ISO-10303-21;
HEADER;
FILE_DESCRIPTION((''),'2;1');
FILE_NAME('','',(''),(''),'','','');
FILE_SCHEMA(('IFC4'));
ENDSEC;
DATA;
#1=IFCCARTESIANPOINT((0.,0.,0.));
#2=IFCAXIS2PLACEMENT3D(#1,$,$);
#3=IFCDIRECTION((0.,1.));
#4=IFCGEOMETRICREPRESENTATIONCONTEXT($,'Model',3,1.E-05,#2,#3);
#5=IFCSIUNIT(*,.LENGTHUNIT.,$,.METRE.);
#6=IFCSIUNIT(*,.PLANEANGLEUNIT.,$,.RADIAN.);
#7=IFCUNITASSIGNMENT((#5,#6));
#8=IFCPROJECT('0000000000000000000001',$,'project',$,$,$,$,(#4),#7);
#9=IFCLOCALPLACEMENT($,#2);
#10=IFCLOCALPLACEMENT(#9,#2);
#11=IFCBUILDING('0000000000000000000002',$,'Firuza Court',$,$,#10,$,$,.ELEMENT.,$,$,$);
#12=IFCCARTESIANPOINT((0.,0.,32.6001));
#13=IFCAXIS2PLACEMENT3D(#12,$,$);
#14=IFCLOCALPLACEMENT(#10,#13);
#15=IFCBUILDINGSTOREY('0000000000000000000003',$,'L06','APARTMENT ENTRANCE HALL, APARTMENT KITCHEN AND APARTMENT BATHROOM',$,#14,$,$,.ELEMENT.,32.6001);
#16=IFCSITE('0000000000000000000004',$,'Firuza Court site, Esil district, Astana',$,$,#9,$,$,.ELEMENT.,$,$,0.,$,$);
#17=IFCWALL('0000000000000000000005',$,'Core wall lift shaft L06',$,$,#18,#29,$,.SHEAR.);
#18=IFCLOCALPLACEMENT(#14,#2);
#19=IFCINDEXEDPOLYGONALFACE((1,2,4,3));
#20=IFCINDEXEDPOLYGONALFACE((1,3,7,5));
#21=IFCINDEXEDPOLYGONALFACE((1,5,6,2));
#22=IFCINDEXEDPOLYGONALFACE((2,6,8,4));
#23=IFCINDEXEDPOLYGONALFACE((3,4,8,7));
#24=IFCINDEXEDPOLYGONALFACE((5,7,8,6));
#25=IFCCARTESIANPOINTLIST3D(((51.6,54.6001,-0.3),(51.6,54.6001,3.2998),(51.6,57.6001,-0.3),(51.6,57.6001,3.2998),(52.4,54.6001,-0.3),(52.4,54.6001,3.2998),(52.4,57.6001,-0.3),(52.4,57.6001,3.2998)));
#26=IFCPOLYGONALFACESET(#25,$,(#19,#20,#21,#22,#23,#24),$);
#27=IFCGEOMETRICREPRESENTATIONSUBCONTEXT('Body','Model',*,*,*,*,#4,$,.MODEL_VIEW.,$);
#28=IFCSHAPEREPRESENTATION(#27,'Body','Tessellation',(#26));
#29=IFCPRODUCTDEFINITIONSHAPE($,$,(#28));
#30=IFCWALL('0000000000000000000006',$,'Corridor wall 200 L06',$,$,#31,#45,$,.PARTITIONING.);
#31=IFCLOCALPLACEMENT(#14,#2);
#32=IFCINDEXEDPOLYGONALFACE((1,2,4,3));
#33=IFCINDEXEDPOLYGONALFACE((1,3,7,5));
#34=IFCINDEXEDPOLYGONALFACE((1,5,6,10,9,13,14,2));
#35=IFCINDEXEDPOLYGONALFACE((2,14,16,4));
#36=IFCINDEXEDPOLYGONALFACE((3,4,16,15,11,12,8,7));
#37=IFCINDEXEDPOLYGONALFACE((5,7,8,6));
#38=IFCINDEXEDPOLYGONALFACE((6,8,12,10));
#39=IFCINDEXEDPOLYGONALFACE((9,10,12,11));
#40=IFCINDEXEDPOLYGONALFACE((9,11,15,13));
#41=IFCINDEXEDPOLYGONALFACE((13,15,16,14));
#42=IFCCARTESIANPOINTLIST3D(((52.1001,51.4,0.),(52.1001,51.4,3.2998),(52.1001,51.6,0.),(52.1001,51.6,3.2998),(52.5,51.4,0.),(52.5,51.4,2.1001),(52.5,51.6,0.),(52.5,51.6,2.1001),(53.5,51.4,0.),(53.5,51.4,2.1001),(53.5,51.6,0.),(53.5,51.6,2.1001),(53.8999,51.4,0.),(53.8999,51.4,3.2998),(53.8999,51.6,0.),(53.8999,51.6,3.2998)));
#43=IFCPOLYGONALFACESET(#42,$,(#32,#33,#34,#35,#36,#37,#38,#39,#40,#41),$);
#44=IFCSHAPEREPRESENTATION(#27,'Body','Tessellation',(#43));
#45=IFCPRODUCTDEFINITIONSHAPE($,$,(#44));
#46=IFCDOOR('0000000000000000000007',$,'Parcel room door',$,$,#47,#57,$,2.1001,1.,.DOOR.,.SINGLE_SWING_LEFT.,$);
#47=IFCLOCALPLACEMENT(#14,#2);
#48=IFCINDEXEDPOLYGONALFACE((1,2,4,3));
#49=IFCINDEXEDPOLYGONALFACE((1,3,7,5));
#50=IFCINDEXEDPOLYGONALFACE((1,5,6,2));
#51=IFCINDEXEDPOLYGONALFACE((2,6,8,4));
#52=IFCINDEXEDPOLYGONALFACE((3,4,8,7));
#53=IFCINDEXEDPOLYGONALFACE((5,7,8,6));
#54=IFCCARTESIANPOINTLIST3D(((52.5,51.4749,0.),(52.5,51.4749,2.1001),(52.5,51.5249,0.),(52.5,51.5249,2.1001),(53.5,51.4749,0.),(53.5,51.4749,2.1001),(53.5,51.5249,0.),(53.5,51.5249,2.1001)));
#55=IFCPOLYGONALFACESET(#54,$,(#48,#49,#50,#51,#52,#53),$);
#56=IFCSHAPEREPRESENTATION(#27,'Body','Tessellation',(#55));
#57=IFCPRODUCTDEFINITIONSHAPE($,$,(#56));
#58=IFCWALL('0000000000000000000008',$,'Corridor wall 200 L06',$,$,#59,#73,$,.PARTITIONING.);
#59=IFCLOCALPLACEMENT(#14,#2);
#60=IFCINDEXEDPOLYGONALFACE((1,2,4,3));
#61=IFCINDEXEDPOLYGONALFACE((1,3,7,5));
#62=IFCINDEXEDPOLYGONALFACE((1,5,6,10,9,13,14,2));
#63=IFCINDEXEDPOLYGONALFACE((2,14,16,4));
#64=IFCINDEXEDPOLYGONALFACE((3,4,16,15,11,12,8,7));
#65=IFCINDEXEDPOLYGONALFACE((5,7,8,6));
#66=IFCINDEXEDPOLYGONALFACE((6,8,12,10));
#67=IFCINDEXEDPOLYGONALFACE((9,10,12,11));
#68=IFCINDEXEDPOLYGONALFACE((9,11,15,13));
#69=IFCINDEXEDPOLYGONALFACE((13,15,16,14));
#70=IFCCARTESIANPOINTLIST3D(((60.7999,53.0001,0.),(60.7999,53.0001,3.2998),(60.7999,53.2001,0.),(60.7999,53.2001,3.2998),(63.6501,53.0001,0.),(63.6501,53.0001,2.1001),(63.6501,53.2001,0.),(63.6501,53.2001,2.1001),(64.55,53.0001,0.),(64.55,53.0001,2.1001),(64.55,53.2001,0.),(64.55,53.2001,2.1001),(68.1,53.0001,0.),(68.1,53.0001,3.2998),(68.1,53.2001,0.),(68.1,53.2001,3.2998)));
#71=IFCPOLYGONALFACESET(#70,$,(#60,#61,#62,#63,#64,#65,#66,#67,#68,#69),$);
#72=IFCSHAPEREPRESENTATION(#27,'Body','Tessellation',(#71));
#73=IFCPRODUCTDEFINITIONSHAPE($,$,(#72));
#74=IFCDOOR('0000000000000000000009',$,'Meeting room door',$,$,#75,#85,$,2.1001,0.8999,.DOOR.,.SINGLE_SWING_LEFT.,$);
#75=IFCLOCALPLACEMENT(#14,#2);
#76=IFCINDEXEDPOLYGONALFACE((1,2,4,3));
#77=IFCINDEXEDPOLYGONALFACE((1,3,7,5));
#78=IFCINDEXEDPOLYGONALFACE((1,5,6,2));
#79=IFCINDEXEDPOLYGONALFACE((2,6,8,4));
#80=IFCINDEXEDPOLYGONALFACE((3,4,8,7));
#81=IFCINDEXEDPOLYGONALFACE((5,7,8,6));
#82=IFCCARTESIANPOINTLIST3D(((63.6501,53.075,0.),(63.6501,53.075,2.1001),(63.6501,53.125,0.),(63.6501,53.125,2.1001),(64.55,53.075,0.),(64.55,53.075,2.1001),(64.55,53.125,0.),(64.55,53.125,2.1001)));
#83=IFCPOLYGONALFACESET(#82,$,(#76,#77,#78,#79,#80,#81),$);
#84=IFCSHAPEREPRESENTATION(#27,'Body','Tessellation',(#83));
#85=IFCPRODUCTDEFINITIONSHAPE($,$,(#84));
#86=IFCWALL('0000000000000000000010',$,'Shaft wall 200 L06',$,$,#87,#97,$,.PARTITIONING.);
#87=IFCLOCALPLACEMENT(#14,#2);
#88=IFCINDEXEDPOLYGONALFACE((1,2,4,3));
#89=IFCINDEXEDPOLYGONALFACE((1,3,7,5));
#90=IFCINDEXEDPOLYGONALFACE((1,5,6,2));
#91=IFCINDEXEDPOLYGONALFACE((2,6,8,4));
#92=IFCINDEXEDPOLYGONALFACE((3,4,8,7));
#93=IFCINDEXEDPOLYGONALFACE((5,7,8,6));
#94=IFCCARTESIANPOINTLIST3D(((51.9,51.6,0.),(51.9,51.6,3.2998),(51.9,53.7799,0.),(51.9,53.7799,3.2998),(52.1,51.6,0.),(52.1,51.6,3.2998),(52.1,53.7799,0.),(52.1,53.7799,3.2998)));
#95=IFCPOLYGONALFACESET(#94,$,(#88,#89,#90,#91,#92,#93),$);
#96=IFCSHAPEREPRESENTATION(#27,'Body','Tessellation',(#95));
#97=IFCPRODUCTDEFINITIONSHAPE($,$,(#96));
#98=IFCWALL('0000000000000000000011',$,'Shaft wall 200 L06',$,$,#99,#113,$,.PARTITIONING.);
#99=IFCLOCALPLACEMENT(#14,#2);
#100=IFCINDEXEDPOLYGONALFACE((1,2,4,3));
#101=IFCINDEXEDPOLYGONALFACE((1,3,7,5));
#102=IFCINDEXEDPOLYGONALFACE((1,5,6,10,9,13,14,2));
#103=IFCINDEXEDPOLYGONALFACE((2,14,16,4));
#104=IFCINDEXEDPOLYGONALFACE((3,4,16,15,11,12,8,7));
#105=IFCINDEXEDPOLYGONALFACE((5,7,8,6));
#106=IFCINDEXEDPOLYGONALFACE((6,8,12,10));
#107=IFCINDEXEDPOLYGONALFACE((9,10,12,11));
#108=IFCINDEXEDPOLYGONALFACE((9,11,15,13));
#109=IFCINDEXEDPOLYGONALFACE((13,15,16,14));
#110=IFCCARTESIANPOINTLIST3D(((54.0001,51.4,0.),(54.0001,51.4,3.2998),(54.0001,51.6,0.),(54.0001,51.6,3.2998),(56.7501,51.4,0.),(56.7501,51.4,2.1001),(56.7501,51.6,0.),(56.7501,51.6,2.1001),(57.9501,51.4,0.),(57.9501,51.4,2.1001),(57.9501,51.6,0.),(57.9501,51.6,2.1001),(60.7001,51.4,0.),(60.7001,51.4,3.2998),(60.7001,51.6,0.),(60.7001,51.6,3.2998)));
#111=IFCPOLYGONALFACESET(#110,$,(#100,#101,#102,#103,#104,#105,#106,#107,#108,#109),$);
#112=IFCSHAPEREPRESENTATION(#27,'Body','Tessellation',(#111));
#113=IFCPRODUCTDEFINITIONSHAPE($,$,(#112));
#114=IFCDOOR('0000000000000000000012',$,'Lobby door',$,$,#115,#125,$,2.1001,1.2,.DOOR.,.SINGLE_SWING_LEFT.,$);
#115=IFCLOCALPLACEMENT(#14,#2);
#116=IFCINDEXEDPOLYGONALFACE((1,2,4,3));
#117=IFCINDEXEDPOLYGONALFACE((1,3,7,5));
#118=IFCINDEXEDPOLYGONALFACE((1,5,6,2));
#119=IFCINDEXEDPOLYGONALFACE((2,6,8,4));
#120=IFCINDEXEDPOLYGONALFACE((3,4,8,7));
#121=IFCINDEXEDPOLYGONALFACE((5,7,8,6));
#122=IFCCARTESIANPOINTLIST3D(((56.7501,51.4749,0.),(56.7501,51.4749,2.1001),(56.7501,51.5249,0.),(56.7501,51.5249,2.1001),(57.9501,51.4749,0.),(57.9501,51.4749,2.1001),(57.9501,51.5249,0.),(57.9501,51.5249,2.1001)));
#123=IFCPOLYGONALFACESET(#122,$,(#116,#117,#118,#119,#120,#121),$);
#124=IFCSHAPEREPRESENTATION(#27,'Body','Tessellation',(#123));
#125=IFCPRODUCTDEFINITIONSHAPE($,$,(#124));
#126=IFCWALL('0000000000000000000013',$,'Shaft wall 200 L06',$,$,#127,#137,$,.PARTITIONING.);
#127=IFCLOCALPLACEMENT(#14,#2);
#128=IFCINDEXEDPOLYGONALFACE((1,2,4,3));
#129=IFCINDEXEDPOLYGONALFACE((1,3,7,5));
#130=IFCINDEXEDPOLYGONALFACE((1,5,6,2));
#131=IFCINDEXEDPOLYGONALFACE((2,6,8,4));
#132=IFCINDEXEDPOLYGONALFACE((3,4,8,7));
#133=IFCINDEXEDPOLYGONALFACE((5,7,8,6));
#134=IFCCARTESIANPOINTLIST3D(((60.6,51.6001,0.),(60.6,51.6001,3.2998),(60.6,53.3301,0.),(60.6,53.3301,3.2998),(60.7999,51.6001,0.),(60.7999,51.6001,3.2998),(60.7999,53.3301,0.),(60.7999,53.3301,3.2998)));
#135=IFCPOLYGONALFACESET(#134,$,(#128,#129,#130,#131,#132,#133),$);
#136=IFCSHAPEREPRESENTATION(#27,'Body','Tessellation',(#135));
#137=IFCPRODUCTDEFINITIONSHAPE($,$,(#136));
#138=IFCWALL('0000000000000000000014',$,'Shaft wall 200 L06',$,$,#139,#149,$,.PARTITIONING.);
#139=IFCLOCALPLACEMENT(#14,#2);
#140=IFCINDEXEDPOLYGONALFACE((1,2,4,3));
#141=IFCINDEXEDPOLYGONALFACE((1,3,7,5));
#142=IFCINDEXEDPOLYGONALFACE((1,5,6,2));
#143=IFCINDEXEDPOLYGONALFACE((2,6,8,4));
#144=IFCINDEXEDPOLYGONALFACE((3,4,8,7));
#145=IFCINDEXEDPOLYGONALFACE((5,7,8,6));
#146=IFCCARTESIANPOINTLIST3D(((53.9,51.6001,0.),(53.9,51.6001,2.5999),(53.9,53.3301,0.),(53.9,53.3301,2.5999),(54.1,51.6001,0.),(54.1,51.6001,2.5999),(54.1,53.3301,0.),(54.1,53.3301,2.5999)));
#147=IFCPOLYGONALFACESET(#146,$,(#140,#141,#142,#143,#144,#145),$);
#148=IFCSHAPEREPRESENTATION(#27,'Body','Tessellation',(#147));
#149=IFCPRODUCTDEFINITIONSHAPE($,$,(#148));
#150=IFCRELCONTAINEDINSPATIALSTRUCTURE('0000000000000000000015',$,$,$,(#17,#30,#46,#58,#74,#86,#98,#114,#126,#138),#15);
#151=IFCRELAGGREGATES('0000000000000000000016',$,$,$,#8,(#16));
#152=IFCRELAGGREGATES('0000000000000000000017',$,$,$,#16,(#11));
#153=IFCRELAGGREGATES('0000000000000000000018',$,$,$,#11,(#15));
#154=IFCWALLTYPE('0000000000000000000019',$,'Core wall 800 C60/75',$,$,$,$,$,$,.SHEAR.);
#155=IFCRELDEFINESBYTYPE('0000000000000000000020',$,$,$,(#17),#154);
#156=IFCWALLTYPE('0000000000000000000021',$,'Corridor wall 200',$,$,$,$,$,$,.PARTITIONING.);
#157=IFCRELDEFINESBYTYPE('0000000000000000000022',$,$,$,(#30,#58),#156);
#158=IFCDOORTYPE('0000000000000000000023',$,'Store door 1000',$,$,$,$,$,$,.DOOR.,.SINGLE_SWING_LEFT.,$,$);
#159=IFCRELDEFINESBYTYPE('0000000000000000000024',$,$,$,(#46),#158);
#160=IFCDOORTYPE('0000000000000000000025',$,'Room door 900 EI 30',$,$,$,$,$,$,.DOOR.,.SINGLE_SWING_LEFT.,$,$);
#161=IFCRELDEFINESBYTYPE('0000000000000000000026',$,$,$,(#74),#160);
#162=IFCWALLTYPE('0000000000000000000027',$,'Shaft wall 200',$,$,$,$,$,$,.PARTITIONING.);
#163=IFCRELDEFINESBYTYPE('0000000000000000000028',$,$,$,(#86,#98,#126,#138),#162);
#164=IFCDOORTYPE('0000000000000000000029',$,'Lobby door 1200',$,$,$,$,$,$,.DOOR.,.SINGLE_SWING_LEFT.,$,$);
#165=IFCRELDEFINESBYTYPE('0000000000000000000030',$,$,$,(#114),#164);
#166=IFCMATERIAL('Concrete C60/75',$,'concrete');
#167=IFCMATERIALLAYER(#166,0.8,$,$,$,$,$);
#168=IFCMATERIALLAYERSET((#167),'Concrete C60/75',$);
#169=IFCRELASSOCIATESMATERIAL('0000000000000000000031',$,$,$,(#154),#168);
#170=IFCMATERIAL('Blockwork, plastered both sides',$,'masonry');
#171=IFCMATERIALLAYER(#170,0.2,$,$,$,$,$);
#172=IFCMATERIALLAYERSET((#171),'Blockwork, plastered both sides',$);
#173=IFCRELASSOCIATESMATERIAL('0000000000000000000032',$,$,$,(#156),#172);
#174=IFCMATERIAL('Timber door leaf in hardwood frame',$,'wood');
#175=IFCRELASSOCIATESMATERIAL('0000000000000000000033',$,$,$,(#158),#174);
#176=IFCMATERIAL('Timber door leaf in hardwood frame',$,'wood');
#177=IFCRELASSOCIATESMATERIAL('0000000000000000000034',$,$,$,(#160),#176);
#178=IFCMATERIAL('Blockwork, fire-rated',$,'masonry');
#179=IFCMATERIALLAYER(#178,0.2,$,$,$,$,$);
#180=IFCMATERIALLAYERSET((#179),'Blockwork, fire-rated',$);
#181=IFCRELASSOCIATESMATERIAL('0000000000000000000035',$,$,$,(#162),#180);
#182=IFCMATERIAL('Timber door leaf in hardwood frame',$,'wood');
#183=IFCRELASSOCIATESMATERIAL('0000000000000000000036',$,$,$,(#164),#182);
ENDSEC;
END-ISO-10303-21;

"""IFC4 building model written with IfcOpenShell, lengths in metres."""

from ifc_helpers import new_model, si_unit, direction, frame, frame_2d, origin, place, context, subcontext, project, spatial, rectangle, extrude, material, layer, layer_set, type_object, element, fill, save


model = new_model("IFC4")

# Units and contexts
model_context = context("Model", 3, precision=1e-05, world=origin(), true_north=direction((0.0, 1.0)))
body_context = subcontext(model_context, "Body", "Model", "MODEL_VIEW")
ifc_project = project(units=[si_unit("LENGTHUNIT", "METRE"), si_unit("PLANEANGLEUNIT", "RADIAN")], contexts=[model_context])

# Site, building, storey
site_placement = place(None, origin())
site = spatial("IfcSite", under=ifc_project, at=site_placement, Name="Firuza Court site, Esil district, Astana", CompositionType="ELEMENT", RefElevation=0.0)
building_placement = place(site_placement, origin())
building = spatial("IfcBuilding", under=site, at=building_placement, Name="Firuza Court", CompositionType="ELEMENT")
storey_placement = place(building_placement, frame((0.0, 0.0, 32.6001)))
storey = spatial("IfcBuildingStorey", under=building, at=storey_placement, Name="L06", Description="APARTMENT ENTRANCE HALL, APARTMENT KITCHEN AND APARTMENT BATHROOM", CompositionType="ELEMENT", Elevation=32.6001)

# Shared definitions
ifc_material_1 = material(Name="Concrete C60/75", Category="concrete")

# Wall
ifc_layer_1 = layer(ifc_material_1, 0.8)
ifc_layer_set_1 = layer_set([ifc_layer_1], Name="Concrete C60/75")
wall_type_1 = type_object("IfcWallType", Name="Core wall 800 C60/75", PredefinedType="SHEAR", material=ifc_layer_set_1)
wall_1_placement = place(storey_placement, frame((52.0, 54.6001, -0.3), z_axis=(0.0, 0.0, 1.0), x_axis=(0.0, 1.0, 0.0)))
element("IfcWall", 1, at=wall_1_placement, inside=storey, type_object=wall_type_1, Name="Core wall lift shaft L06", PredefinedType="SHEAR", context=body_context, shape_type="SweptSolid", body=[
    extrude(rectangle(XDim=3.0, YDim=0.8, at=frame_2d((1.5, 0.0))), origin(), (0.0, 0.0, 1.0), 3.5999),
])

# Walls, openings, doors
ifc_material_2 = material(Name="Blockwork, plastered both sides", Category="masonry")
ifc_layer_2 = layer(ifc_material_2, 0.2)
ifc_layer_set_2 = layer_set([ifc_layer_2], Name="Blockwork, plastered both sides")
wall_type_2 = type_object("IfcWallType", Name="Corridor wall 200", PredefinedType="PARTITIONING", material=ifc_layer_set_2)
wall_2_placement = place(storey_placement, frame((52.1001, 51.5, 0.0), z_axis=(0.0, 0.0, 1.0), x_axis=(1.0, 0.0, 0.0)))
wall_2 = element("IfcWall", 2, at=wall_2_placement, inside=storey, type_object=wall_type_2, Name="Corridor wall 200 L06", PredefinedType="PARTITIONING", context=body_context, shape_type="SweptSolid", body=[
    extrude(rectangle(XDim=1.7998, YDim=0.2, at=frame_2d((0.8999, 0.0))), origin(), (0.0, 0.0, 1.0), 3.2998),
])
opening_1_placement = place(wall_2_placement, frame((0.3999, 0.0, 0.0)))
opening_1 = element("IfcOpeningElement", 3, at=opening_1_placement, cuts=wall_2, PredefinedType="OPENING", context=body_context, shape_type="SweptSolid", body=[
    extrude(rectangle(XDim=1.0, YDim=2.1001, at=frame_2d((0.5, 1.05))), frame((0.0, 0.1118, 0.0), z_axis=(0.0, -1.0, 0.0), x_axis=(1.0, 0.0, 0.0)), (0.0, 0.0, 1.0), 0.2239),
])
ifc_material_3 = material(Name="Timber door leaf in hardwood frame", Category="wood")
door_type_1 = type_object("IfcDoorType", Name="Store door 1000", OperationType="SINGLE_SWING_LEFT", PredefinedType="DOOR", material=ifc_material_3)
door_1_placement = place(opening_1_placement, origin())
door_1 = element("IfcDoor", 4, at=door_1_placement, inside=storey, type_object=door_type_1, Name="Parcel room door", OperationType="SINGLE_SWING_LEFT", OverallHeight=2.1001, OverallWidth=1.0, PredefinedType="DOOR", context=body_context, shape_type="SweptSolid", body=[
    extrude(rectangle(XDim=1.0, YDim=2.1001, at=frame_2d((0.5, 1.05))), frame((0.0, 0.0249, 0.0), z_axis=(0.0, -1.0, 0.0), x_axis=(1.0, 0.0, 0.0)), (0.0, 0.0, 1.0), 0.05),
])
fill(opening_1, door_1)
wall_3_placement = place(storey_placement, frame((60.8, 53.1001, 0.0), z_axis=(0.0, 0.0, 1.0), x_axis=(1.0, 0.0, 0.0)))
wall_3 = element("IfcWall", 5, at=wall_3_placement, inside=storey, type_object=wall_type_2, Name="Corridor wall 200 L06", PredefinedType="PARTITIONING", context=body_context, shape_type="SweptSolid", body=[
    extrude(rectangle(XDim=7.3, YDim=0.2, at=frame_2d((3.6499, 0.0))), origin(), (0.0, 0.0, 1.0), 3.2998),
])
opening_2_placement = place(wall_3_placement, frame((2.8501, 0.0, 0.0)))
opening_2 = element("IfcOpeningElement", 6, at=opening_2_placement, cuts=wall_3, PredefinedType="OPENING", context=body_context, shape_type="SweptSolid", body=[
    extrude(rectangle(XDim=0.8999, YDim=2.1001, at=frame_2d((0.45, 1.05))), frame((0.0, 0.1118, 0.0), z_axis=(0.0, -1.0, 0.0), x_axis=(1.0, 0.0, 0.0)), (0.0, 0.0, 1.0), 0.2239),
])
ifc_material_4 = material(Name="Timber door leaf in hardwood frame", Category="wood")
door_type_2 = type_object("IfcDoorType", Name="Room door 900 EI 30", OperationType="SINGLE_SWING_LEFT", PredefinedType="DOOR", material=ifc_material_4)
door_2_placement = place(opening_2_placement, origin())
door_2 = element("IfcDoor", 7, at=door_2_placement, inside=storey, type_object=door_type_2, Name="Meeting room door", OperationType="SINGLE_SWING_LEFT", OverallHeight=2.1001, OverallWidth=0.8999, PredefinedType="DOOR", context=body_context, shape_type="SweptSolid", body=[
    extrude(rectangle(XDim=0.8999, YDim=2.1001, at=frame_2d((0.45, 1.05))), frame((0.0, 0.0249, 0.0), z_axis=(0.0, -1.0, 0.0), x_axis=(1.0, 0.0, 0.0)), (0.0, 0.0, 1.0), 0.05),
])
fill(opening_2, door_2)

# Wall
ifc_material_5 = material(Name="Blockwork, fire-rated", Category="masonry")
ifc_layer_3 = layer(ifc_material_5, 0.2)
ifc_layer_set_3 = layer_set([ifc_layer_3], Name="Blockwork, fire-rated")
wall_type_3 = type_object("IfcWallType", Name="Shaft wall 200", PredefinedType="PARTITIONING", material=ifc_layer_set_3)
wall_4_placement = place(storey_placement, frame((52.0, 51.6001, 0.0), z_axis=(0.0, 0.0, 1.0), x_axis=(0.0, 1.0, 0.0)))
element("IfcWall", 8, at=wall_4_placement, inside=storey, type_object=wall_type_3, Name="Shaft wall 200 L06", PredefinedType="PARTITIONING", context=body_context, shape_type="SweptSolid", body=[
    extrude(rectangle(XDim=2.1799, YDim=0.2, at=frame_2d((1.0898, 0.0))), origin(), (0.0, 0.0, 1.0), 3.2998),
])

# Wall, opening, door
wall_5_placement = place(storey_placement, frame((54.0, 51.5, 0.0), z_axis=(0.0, 0.0, 1.0), x_axis=(1.0, 0.0, 0.0)))
wall_5 = element("IfcWall", 9, at=wall_5_placement, inside=storey, type_object=wall_type_3, Name="Shaft wall 200 L06", PredefinedType="PARTITIONING", context=body_context, shape_type="SweptSolid", body=[
    extrude(rectangle(XDim=6.7, YDim=0.2, at=frame_2d((3.3501, 0.0))), origin(), (0.0, 0.0, 1.0), 3.2998),
])
opening_3_placement = place(wall_5_placement, frame((2.75, 0.0, 0.0)))
opening_3 = element("IfcOpeningElement", 10, at=opening_3_placement, cuts=wall_5, PredefinedType="OPENING", context=body_context, shape_type="SweptSolid", body=[
    extrude(rectangle(XDim=1.2, YDim=2.1001, at=frame_2d((0.6001, 1.05))), frame((0.0, 0.1118, 0.0), z_axis=(0.0, -1.0, 0.0), x_axis=(1.0, 0.0, 0.0)), (0.0, 0.0, 1.0), 0.2239),
])
ifc_material_6 = material(Name="Timber door leaf in hardwood frame", Category="wood")
door_type_3 = type_object("IfcDoorType", Name="Lobby door 1200", OperationType="SINGLE_SWING_LEFT", PredefinedType="DOOR", material=ifc_material_6)
door_3_placement = place(opening_3_placement, origin())
door_3 = element("IfcDoor", 11, at=door_3_placement, inside=storey, type_object=door_type_3, Name="Lobby door", OperationType="SINGLE_SWING_LEFT", OverallHeight=2.1001, OverallWidth=1.2, PredefinedType="DOOR", context=body_context, shape_type="SweptSolid", body=[
    extrude(rectangle(XDim=1.2, YDim=2.1001, at=frame_2d((0.6001, 1.05))), frame((0.0, 0.0249, 0.0), z_axis=(0.0, -1.0, 0.0), x_axis=(1.0, 0.0, 0.0)), (0.0, 0.0, 1.0), 0.05),
])
fill(opening_3, door_3)

# Walls
wall_6_placement = place(storey_placement, frame((60.7, 51.6001, 0.0), z_axis=(0.0, 0.0, 1.0), x_axis=(0.0, 1.0, 0.0)))
element("IfcWall", 12, at=wall_6_placement, inside=storey, type_object=wall_type_3, Name="Shaft wall 200 L06", PredefinedType="PARTITIONING", context=body_context, shape_type="SweptSolid", body=[
    extrude(rectangle(XDim=1.73, YDim=0.2, at=frame_2d((0.865, 0.0))), origin(), (0.0, 0.0, 1.0), 3.2998),
])
wall_7_placement = place(storey_placement, frame((54.0, 51.6001, 0.0), z_axis=(0.0, 0.0, 1.0), x_axis=(0.0, 1.0, 0.0)))
element("IfcWall", 13, at=wall_7_placement, inside=storey, type_object=wall_type_3, Name="Shaft wall 200 L06", PredefinedType="PARTITIONING", context=body_context, shape_type="SweptSolid", body=[
    extrude(rectangle(XDim=1.73, YDim=0.2, at=frame_2d((0.865, 0.0))), origin(), (0.0, 0.0, 1.0), 2.5999),
])

save(model, "model.ifc")
